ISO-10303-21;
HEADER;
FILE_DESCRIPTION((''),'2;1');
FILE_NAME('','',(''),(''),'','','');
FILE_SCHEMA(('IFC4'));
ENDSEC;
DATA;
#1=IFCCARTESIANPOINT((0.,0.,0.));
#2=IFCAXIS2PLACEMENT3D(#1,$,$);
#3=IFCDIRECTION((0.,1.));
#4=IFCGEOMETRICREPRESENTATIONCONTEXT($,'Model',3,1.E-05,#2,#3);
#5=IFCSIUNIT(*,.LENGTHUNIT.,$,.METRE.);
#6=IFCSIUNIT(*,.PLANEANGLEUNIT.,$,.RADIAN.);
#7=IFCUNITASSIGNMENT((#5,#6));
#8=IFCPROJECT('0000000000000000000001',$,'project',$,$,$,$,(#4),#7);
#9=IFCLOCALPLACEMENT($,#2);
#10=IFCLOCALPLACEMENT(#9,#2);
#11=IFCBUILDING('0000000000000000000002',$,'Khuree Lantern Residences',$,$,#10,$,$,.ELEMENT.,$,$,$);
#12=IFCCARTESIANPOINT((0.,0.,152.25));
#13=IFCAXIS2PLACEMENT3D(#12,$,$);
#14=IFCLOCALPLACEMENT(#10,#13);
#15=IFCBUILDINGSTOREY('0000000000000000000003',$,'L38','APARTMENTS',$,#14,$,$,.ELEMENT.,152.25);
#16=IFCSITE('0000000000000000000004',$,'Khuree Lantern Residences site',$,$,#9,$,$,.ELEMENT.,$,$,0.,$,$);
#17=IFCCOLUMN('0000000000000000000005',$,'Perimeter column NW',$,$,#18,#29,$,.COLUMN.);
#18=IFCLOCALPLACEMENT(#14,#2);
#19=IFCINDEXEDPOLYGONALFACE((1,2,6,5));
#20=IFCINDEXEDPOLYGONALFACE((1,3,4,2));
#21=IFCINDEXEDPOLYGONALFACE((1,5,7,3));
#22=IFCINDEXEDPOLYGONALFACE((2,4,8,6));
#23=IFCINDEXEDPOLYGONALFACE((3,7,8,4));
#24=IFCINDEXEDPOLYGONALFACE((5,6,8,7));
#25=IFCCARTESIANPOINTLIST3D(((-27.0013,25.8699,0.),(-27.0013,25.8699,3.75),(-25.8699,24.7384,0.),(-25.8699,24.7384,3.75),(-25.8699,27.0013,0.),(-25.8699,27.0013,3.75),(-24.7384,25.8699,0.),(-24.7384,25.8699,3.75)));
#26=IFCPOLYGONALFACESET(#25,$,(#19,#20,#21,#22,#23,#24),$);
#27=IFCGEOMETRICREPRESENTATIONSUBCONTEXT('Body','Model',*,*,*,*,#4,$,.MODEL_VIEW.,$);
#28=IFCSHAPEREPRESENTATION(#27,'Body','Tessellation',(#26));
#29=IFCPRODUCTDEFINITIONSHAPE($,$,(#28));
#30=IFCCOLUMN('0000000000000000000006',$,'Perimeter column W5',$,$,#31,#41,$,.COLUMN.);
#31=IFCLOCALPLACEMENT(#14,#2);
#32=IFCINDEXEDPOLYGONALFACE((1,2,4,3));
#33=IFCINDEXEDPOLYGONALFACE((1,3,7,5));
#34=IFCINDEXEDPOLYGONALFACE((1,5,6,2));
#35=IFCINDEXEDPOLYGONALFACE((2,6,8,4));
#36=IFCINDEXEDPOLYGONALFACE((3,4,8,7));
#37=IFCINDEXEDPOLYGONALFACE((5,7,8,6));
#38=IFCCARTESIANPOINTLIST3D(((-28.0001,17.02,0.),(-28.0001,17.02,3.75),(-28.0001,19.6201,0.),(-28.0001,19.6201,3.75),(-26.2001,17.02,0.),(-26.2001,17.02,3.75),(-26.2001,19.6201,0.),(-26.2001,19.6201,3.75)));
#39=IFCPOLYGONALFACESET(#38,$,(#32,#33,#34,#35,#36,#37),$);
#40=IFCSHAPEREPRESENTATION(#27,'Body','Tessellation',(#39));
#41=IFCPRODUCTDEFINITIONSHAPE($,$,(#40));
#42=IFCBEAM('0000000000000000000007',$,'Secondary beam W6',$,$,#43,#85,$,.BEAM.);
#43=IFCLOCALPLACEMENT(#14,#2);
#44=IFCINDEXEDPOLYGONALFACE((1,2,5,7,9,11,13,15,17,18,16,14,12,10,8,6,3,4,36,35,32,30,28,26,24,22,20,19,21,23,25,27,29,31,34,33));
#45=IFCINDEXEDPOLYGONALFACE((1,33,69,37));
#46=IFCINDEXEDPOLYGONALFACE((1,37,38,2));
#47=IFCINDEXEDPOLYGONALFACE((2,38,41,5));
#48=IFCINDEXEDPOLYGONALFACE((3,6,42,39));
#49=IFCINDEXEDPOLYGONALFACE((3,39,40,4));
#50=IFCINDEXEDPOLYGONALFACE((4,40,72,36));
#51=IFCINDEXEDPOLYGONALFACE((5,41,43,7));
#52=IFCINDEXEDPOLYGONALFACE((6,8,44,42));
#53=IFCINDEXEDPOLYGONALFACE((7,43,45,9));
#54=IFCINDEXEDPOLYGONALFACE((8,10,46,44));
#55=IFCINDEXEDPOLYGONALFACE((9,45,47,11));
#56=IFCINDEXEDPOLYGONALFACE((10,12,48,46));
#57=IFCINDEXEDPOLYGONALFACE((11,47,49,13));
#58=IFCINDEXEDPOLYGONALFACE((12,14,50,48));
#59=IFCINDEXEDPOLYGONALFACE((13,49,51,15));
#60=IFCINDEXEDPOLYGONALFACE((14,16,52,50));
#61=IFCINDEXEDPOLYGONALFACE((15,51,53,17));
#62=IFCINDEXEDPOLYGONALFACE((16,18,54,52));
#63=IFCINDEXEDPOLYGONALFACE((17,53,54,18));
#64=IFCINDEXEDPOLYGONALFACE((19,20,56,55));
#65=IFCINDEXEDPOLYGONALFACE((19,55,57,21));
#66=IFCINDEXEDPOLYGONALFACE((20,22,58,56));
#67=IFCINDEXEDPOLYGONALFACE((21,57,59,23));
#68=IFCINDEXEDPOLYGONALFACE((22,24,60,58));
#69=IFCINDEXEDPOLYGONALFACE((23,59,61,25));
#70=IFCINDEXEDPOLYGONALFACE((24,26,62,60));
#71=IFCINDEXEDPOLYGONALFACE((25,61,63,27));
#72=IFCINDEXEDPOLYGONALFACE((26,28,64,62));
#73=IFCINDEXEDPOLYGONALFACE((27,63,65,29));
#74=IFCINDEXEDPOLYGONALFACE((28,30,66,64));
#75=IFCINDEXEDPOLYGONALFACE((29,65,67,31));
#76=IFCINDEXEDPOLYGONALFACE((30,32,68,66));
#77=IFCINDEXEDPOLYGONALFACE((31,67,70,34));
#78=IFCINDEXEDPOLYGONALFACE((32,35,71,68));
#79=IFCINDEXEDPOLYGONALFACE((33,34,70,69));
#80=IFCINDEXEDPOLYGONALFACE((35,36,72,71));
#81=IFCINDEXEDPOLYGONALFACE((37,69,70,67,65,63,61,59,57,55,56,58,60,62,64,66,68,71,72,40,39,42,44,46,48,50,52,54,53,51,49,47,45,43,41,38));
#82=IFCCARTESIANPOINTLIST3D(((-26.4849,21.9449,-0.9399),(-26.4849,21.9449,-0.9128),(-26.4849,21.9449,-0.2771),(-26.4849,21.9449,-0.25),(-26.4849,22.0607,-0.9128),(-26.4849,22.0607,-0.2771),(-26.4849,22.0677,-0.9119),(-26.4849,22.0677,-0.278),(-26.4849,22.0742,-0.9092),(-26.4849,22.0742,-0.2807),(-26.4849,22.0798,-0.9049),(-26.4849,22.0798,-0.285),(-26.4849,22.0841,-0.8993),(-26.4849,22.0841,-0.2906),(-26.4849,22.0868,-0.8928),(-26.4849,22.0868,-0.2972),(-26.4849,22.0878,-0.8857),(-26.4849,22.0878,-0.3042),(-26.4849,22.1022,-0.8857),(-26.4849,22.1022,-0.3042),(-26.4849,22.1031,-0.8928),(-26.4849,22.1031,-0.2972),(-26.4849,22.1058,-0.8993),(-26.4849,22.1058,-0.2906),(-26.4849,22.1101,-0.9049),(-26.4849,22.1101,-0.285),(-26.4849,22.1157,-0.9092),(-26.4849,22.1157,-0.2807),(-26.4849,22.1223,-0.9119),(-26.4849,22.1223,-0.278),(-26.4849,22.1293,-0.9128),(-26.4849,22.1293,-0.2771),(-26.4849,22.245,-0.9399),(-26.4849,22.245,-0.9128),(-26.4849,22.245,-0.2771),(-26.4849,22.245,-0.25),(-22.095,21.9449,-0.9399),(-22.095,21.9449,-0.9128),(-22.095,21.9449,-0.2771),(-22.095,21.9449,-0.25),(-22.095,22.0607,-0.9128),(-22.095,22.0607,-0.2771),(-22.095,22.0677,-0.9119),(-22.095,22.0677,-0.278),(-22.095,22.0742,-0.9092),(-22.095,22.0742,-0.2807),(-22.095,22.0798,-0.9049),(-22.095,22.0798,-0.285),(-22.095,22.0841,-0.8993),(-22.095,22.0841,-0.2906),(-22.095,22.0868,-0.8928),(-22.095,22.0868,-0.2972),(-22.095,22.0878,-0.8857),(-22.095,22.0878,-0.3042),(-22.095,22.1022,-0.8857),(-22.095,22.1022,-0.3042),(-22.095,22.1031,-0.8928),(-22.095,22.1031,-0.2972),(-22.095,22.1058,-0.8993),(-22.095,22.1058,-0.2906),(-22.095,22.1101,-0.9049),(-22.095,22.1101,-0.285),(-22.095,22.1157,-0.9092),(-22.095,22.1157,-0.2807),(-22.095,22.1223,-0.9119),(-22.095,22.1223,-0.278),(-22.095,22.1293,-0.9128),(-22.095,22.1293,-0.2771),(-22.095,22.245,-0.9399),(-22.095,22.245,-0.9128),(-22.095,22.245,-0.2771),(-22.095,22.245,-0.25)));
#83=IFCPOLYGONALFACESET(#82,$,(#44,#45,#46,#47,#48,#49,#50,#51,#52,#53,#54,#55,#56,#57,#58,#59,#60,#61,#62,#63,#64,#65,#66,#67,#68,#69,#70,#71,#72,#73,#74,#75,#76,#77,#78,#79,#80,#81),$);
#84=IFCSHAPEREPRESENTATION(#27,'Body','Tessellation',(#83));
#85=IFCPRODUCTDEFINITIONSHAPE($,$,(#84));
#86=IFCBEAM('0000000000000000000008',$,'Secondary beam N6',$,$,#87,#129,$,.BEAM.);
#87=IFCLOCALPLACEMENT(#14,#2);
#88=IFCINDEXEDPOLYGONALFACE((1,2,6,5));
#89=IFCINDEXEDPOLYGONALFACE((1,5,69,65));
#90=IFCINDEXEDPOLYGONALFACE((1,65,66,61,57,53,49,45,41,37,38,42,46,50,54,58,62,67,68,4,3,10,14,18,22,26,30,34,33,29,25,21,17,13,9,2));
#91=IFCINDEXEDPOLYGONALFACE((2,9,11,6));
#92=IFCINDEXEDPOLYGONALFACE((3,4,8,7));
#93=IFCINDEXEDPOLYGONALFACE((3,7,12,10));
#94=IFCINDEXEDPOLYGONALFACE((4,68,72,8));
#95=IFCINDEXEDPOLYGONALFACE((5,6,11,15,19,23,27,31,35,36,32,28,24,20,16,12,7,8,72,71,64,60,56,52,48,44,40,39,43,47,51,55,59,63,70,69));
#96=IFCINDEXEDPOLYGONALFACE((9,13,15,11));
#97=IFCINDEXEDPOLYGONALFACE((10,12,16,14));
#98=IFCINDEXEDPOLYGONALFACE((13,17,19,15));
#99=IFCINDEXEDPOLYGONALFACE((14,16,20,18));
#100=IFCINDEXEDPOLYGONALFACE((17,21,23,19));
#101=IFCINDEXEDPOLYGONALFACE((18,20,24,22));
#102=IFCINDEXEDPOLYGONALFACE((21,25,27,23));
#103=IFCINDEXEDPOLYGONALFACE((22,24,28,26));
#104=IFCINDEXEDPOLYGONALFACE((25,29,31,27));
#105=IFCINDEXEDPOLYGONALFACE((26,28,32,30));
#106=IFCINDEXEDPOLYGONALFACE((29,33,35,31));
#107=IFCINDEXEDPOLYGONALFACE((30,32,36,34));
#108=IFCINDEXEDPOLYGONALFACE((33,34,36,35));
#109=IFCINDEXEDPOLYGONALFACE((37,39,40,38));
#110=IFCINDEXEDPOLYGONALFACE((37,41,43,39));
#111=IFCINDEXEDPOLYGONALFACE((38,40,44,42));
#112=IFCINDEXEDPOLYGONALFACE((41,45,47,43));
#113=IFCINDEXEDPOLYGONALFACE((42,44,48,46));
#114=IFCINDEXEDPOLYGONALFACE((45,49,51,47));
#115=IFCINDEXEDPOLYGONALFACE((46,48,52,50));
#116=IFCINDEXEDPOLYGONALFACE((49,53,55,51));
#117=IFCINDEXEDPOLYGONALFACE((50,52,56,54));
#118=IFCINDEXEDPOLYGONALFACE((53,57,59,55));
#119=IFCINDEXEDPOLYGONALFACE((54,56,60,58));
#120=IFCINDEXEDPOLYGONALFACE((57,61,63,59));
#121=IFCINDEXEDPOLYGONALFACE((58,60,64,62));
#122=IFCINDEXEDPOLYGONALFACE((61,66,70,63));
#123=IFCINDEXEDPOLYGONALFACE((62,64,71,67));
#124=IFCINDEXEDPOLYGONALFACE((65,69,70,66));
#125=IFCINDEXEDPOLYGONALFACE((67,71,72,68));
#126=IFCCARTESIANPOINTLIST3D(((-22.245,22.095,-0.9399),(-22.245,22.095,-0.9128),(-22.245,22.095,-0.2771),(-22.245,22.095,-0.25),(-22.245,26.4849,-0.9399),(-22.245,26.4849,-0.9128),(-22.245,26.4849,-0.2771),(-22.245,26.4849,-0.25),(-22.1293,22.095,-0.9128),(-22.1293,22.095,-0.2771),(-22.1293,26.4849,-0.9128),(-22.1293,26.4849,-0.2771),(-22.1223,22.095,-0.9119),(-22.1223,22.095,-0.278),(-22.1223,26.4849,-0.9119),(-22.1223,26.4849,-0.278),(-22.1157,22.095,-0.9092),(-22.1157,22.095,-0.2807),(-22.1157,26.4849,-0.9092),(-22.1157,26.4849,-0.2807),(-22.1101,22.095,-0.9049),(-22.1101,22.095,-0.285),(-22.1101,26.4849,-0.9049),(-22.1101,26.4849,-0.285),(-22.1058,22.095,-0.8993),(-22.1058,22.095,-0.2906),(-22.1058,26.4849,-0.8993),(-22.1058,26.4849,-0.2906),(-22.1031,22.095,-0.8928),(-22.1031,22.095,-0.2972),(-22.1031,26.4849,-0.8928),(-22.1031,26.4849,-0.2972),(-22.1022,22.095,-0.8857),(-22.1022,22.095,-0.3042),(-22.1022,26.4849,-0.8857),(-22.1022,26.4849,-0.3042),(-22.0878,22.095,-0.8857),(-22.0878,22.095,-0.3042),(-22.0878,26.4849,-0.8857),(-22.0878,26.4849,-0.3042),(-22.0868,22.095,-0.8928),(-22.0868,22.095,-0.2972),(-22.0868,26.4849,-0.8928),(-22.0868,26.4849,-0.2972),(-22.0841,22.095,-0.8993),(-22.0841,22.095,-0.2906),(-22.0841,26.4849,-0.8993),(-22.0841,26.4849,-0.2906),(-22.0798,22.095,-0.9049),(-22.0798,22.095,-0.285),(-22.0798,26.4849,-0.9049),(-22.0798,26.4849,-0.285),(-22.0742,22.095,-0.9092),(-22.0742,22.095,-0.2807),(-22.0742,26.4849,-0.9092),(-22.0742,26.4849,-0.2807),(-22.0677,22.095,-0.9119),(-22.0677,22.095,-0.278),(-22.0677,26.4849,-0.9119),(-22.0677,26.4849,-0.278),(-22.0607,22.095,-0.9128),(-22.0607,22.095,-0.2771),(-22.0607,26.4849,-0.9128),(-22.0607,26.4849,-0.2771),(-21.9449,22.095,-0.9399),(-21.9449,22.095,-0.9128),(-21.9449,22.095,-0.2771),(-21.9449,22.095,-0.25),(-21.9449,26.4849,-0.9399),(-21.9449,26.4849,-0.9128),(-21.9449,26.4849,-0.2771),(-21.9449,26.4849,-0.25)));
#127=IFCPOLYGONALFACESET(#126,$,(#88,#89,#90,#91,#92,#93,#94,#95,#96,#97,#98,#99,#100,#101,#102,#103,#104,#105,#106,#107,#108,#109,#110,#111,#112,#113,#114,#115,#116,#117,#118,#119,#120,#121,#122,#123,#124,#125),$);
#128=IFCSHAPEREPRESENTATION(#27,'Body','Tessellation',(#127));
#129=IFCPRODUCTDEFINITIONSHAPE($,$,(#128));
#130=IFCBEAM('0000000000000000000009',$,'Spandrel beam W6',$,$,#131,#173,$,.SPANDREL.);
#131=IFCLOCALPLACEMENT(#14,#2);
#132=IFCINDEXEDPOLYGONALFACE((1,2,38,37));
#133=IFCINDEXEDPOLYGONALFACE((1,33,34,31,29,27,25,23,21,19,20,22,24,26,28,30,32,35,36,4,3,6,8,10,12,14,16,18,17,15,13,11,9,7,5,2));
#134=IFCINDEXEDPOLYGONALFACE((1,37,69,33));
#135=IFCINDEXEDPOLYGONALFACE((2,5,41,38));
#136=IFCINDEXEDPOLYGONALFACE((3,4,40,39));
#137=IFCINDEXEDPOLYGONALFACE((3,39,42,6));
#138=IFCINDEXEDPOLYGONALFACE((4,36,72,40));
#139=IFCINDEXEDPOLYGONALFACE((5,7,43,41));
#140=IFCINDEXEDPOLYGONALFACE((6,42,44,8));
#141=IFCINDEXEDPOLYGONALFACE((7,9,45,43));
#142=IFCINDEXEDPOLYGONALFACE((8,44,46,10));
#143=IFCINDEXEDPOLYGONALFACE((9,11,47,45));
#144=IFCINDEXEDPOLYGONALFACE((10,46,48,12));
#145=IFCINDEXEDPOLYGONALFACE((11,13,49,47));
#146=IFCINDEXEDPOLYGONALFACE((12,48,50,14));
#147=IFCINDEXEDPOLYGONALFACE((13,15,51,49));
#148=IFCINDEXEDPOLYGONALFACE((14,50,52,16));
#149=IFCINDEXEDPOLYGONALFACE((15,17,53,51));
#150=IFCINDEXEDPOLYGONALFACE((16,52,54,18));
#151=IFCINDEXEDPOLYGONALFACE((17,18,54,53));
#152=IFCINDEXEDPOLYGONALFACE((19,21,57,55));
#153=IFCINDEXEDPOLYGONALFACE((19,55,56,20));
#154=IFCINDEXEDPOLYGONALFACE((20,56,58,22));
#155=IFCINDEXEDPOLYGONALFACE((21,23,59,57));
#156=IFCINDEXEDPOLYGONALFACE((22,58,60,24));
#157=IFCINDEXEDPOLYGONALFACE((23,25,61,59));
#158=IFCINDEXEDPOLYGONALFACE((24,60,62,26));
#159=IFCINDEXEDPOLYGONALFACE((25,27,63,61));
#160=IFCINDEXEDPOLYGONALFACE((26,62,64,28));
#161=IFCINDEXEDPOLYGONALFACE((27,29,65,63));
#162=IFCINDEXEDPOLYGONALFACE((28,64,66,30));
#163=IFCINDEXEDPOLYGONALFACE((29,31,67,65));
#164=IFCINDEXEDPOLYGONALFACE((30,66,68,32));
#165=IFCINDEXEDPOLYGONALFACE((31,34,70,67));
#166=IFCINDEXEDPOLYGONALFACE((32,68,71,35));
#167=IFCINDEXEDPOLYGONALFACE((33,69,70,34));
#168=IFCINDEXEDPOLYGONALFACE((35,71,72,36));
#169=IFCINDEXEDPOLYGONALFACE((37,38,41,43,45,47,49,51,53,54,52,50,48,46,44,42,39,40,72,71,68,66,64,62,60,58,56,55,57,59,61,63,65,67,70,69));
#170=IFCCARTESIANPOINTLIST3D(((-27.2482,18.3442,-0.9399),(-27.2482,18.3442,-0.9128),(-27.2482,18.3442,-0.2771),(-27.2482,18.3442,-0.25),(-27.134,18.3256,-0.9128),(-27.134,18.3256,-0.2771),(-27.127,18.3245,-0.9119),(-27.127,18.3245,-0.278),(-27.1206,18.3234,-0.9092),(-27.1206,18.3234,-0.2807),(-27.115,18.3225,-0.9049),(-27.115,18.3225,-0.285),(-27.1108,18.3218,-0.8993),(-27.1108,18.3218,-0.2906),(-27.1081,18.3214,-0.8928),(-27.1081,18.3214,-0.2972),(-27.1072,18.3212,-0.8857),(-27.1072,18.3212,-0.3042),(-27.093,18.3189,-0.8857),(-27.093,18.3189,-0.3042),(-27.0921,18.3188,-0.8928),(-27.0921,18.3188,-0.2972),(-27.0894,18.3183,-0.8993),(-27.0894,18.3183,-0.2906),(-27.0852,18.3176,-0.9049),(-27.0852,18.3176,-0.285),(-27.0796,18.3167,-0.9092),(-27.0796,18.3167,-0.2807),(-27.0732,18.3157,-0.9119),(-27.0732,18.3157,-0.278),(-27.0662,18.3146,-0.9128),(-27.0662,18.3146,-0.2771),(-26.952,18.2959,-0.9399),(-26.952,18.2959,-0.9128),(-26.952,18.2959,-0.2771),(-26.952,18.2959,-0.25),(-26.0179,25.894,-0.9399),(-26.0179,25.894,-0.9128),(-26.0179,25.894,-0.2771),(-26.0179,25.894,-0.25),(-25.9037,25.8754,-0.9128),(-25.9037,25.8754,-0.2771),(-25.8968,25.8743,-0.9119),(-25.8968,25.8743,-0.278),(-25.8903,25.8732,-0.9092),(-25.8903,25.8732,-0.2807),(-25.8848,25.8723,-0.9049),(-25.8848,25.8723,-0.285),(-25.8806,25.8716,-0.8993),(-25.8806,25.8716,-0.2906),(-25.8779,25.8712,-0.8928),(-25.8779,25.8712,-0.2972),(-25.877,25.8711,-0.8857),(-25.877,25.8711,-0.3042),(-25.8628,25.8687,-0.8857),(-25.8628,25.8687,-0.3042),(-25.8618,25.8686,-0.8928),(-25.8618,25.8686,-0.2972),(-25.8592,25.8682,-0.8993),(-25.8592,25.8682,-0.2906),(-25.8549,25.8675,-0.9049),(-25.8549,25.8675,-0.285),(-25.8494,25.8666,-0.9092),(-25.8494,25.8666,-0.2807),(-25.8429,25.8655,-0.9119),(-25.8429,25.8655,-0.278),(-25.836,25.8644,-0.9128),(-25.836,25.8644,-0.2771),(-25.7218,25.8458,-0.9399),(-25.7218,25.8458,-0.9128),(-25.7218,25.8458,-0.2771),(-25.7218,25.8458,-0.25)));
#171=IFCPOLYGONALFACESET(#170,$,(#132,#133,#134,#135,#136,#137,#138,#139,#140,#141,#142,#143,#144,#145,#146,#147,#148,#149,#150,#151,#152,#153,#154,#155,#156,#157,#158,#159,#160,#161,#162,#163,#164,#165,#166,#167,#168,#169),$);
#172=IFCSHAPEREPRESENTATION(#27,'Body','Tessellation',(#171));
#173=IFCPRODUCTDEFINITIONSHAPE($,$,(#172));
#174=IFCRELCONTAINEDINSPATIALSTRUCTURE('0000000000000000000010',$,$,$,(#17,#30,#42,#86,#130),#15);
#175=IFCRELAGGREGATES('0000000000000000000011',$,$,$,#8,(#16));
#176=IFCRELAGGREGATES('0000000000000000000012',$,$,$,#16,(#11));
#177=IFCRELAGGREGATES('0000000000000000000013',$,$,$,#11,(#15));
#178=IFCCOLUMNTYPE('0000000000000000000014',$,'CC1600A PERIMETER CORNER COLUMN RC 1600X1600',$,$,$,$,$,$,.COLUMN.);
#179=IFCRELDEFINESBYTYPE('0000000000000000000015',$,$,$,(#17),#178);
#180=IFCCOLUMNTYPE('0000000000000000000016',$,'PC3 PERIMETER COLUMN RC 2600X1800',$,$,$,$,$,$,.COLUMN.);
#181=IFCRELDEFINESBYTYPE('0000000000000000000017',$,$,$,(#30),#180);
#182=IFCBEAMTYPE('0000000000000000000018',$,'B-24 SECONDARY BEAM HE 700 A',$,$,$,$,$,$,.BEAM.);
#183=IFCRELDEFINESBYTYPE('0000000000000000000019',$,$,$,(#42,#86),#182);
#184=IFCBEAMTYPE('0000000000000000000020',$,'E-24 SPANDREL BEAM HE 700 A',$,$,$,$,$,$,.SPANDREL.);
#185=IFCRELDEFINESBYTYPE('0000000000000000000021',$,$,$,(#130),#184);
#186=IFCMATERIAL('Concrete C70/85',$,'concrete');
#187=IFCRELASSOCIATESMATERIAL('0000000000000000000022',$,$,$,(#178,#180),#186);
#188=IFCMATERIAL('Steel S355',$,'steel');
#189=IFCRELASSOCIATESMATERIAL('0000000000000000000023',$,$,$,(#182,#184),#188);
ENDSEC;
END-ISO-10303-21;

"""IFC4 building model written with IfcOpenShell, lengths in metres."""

from ifc_helpers import new_model, si_unit, direction, frame, origin, origin_2d, place, context, subcontext, project, spatial, rectangle, i_section, extrude, material, material_profile, profile_set, type_object, element, save


model = new_model("IFC4")

# Units and contexts
model_context = context("Model", 3, precision=1e-05, world=origin(), true_north=direction((0.0, 1.0)))
body_context = subcontext(model_context, "Body", "Model", "MODEL_VIEW")
ifc_project = project(units=[si_unit("LENGTHUNIT", "METRE"), si_unit("PLANEANGLEUNIT", "RADIAN")], contexts=[model_context])

# Site, building, storey
site_placement = place(None, origin())
site = spatial("IfcSite", under=ifc_project, at=site_placement, Name="Khuree Lantern Residences site", CompositionType="ELEMENT", RefElevation=0.0)
building_placement = place(site_placement, origin())
building = spatial("IfcBuilding", under=site, at=building_placement, Name="Khuree Lantern Residences", CompositionType="ELEMENT")
storey_placement = place(building_placement, frame((0.0, 0.0, 152.25)))
storey = spatial("IfcBuildingStorey", under=building, at=storey_placement, Name="L38", Description="APARTMENTS", CompositionType="ELEMENT", Elevation=152.25)

# Columns
ifc_material_1 = material(Name="Concrete C70/85", Category="concrete")
ifc_material_profile_1 = material_profile(ifc_material_1, rectangle(XDim=1.6001, YDim=1.6001, at=origin_2d()), Name="RC 1600X1600")
ifc_profile_set_1 = profile_set([ifc_material_profile_1], Name="Concrete C70/85")
column_type_1 = type_object("IfcColumnType", Name="CC1600A PERIMETER CORNER COLUMN RC 1600X1600", PredefinedType="COLUMN", material=ifc_profile_set_1)
column_1_placement = place(storey_placement, frame((-25.8699, 25.8699, 0.0), z_axis=(0.0, 0.0, 1.0), x_axis=(0.707107, 0.707107, 0.0)))
element("IfcColumn", 1, at=column_1_placement, inside=storey, type_object=column_type_1, Name="Perimeter column NW", PredefinedType="COLUMN", context=body_context, shape_type="SweptSolid", body=[
    extrude(rectangle(XDim=1.6001, YDim=1.6001, at=origin_2d()), origin(), (0.0, 0.0, 1.0), 3.75),
])
ifc_material_profile_2 = material_profile(ifc_material_1, rectangle(XDim=2.6001, YDim=1.8, at=origin_2d()), Name="RC 2600X1800")
ifc_profile_set_2 = profile_set([ifc_material_profile_2], Name="Concrete C70/85")
column_type_2 = type_object("IfcColumnType", Name="PC3 PERIMETER COLUMN RC 2600X1800", PredefinedType="COLUMN", material=ifc_profile_set_2)
column_2_placement = place(storey_placement, frame((-27.1001, 18.3201, 0.0), z_axis=(0.0, 0.0, 1.0), x_axis=(0.0, 1.0, 0.0)))
element("IfcColumn", 2, at=column_2_placement, inside=storey, type_object=column_type_2, Name="Perimeter column W5", PredefinedType="COLUMN", context=body_context, shape_type="SweptSolid", body=[
    extrude(rectangle(XDim=2.6001, YDim=1.8, at=origin_2d()), origin(), (0.0, 0.0, 1.0), 3.75),
])

# Beams
ifc_material_2 = material(Name="Steel S355", Category="steel")
ifc_material_profile_3 = material_profile(ifc_material_2, i_section(OverallWidth=0.3, OverallDepth=0.6899, WebThickness=0.0144, FlangeThickness=0.0271, FilletRadius=0.0271, at=origin_2d()), Name="HE 700 A")
ifc_profile_set_3 = profile_set([ifc_material_profile_3], Name="Steel S355")
beam_type_1 = type_object("IfcBeamType", Name="B-24 SECONDARY BEAM HE 700 A", PredefinedType="BEAM", material=ifc_profile_set_3)
for number, where, z_axis, x_axis, name in (
    (3, (-26.4849, 22.095, -0.595), (1.0, 0.0, 0.0), (0.0, 1.0, 0.0), "Secondary beam W6"),
    (4, (-22.095, 26.4849, -0.595), (0.0, -1.0, 0.0), (1.0, 0.0, 0.0), "Secondary beam N6"),
):
    element("IfcBeam", number, at=place(storey_placement, frame(where, z_axis=z_axis, x_axis=x_axis)), inside=storey, type_object=beam_type_1, Name=name, PredefinedType="BEAM", context=body_context, shape_type="SweptSolid", body=[
        extrude(i_section(OverallWidth=0.3, OverallDepth=0.6899, WebThickness=0.0144, FlangeThickness=0.0271, FilletRadius=0.0271, at=origin_2d()), origin(), (0.0, 0.0, 1.0), 4.3899),
    ])
ifc_material_profile_4 = material_profile(ifc_material_2, i_section(OverallWidth=0.3, OverallDepth=0.6899, WebThickness=0.0144, FlangeThickness=0.0271, FilletRadius=0.0271, at=origin_2d()), Name="HE 700 A")
ifc_profile_set_4 = profile_set([ifc_material_profile_4], Name="Steel S355")
beam_type_2 = type_object("IfcBeamType", Name="E-24 SPANDREL BEAM HE 700 A", PredefinedType="SPANDREL", material=ifc_profile_set_4)
for number, where, z_axis, x_axis, name in (
    (5, (-27.1001, 18.3201, -0.595), (0.160827, 0.986983, 0.0), (-0.986983, 0.160827, 0.0), "Spandrel beam W6"),
):
    element("IfcBeam", number, at=place(storey_placement, frame(where, z_axis=z_axis, x_axis=x_axis)), inside=storey, type_object=beam_type_2, Name=name, PredefinedType="SPANDREL", context=body_context, shape_type="SweptSolid", body=[
        extrude(i_section(OverallWidth=0.3, OverallDepth=0.6899, WebThickness=0.0144, FlangeThickness=0.0271, FilletRadius=0.0271, at=origin_2d()), origin(), (0.0, 0.0, 1.0), 7.6494),
    ])

save(model, "model.ifc")
